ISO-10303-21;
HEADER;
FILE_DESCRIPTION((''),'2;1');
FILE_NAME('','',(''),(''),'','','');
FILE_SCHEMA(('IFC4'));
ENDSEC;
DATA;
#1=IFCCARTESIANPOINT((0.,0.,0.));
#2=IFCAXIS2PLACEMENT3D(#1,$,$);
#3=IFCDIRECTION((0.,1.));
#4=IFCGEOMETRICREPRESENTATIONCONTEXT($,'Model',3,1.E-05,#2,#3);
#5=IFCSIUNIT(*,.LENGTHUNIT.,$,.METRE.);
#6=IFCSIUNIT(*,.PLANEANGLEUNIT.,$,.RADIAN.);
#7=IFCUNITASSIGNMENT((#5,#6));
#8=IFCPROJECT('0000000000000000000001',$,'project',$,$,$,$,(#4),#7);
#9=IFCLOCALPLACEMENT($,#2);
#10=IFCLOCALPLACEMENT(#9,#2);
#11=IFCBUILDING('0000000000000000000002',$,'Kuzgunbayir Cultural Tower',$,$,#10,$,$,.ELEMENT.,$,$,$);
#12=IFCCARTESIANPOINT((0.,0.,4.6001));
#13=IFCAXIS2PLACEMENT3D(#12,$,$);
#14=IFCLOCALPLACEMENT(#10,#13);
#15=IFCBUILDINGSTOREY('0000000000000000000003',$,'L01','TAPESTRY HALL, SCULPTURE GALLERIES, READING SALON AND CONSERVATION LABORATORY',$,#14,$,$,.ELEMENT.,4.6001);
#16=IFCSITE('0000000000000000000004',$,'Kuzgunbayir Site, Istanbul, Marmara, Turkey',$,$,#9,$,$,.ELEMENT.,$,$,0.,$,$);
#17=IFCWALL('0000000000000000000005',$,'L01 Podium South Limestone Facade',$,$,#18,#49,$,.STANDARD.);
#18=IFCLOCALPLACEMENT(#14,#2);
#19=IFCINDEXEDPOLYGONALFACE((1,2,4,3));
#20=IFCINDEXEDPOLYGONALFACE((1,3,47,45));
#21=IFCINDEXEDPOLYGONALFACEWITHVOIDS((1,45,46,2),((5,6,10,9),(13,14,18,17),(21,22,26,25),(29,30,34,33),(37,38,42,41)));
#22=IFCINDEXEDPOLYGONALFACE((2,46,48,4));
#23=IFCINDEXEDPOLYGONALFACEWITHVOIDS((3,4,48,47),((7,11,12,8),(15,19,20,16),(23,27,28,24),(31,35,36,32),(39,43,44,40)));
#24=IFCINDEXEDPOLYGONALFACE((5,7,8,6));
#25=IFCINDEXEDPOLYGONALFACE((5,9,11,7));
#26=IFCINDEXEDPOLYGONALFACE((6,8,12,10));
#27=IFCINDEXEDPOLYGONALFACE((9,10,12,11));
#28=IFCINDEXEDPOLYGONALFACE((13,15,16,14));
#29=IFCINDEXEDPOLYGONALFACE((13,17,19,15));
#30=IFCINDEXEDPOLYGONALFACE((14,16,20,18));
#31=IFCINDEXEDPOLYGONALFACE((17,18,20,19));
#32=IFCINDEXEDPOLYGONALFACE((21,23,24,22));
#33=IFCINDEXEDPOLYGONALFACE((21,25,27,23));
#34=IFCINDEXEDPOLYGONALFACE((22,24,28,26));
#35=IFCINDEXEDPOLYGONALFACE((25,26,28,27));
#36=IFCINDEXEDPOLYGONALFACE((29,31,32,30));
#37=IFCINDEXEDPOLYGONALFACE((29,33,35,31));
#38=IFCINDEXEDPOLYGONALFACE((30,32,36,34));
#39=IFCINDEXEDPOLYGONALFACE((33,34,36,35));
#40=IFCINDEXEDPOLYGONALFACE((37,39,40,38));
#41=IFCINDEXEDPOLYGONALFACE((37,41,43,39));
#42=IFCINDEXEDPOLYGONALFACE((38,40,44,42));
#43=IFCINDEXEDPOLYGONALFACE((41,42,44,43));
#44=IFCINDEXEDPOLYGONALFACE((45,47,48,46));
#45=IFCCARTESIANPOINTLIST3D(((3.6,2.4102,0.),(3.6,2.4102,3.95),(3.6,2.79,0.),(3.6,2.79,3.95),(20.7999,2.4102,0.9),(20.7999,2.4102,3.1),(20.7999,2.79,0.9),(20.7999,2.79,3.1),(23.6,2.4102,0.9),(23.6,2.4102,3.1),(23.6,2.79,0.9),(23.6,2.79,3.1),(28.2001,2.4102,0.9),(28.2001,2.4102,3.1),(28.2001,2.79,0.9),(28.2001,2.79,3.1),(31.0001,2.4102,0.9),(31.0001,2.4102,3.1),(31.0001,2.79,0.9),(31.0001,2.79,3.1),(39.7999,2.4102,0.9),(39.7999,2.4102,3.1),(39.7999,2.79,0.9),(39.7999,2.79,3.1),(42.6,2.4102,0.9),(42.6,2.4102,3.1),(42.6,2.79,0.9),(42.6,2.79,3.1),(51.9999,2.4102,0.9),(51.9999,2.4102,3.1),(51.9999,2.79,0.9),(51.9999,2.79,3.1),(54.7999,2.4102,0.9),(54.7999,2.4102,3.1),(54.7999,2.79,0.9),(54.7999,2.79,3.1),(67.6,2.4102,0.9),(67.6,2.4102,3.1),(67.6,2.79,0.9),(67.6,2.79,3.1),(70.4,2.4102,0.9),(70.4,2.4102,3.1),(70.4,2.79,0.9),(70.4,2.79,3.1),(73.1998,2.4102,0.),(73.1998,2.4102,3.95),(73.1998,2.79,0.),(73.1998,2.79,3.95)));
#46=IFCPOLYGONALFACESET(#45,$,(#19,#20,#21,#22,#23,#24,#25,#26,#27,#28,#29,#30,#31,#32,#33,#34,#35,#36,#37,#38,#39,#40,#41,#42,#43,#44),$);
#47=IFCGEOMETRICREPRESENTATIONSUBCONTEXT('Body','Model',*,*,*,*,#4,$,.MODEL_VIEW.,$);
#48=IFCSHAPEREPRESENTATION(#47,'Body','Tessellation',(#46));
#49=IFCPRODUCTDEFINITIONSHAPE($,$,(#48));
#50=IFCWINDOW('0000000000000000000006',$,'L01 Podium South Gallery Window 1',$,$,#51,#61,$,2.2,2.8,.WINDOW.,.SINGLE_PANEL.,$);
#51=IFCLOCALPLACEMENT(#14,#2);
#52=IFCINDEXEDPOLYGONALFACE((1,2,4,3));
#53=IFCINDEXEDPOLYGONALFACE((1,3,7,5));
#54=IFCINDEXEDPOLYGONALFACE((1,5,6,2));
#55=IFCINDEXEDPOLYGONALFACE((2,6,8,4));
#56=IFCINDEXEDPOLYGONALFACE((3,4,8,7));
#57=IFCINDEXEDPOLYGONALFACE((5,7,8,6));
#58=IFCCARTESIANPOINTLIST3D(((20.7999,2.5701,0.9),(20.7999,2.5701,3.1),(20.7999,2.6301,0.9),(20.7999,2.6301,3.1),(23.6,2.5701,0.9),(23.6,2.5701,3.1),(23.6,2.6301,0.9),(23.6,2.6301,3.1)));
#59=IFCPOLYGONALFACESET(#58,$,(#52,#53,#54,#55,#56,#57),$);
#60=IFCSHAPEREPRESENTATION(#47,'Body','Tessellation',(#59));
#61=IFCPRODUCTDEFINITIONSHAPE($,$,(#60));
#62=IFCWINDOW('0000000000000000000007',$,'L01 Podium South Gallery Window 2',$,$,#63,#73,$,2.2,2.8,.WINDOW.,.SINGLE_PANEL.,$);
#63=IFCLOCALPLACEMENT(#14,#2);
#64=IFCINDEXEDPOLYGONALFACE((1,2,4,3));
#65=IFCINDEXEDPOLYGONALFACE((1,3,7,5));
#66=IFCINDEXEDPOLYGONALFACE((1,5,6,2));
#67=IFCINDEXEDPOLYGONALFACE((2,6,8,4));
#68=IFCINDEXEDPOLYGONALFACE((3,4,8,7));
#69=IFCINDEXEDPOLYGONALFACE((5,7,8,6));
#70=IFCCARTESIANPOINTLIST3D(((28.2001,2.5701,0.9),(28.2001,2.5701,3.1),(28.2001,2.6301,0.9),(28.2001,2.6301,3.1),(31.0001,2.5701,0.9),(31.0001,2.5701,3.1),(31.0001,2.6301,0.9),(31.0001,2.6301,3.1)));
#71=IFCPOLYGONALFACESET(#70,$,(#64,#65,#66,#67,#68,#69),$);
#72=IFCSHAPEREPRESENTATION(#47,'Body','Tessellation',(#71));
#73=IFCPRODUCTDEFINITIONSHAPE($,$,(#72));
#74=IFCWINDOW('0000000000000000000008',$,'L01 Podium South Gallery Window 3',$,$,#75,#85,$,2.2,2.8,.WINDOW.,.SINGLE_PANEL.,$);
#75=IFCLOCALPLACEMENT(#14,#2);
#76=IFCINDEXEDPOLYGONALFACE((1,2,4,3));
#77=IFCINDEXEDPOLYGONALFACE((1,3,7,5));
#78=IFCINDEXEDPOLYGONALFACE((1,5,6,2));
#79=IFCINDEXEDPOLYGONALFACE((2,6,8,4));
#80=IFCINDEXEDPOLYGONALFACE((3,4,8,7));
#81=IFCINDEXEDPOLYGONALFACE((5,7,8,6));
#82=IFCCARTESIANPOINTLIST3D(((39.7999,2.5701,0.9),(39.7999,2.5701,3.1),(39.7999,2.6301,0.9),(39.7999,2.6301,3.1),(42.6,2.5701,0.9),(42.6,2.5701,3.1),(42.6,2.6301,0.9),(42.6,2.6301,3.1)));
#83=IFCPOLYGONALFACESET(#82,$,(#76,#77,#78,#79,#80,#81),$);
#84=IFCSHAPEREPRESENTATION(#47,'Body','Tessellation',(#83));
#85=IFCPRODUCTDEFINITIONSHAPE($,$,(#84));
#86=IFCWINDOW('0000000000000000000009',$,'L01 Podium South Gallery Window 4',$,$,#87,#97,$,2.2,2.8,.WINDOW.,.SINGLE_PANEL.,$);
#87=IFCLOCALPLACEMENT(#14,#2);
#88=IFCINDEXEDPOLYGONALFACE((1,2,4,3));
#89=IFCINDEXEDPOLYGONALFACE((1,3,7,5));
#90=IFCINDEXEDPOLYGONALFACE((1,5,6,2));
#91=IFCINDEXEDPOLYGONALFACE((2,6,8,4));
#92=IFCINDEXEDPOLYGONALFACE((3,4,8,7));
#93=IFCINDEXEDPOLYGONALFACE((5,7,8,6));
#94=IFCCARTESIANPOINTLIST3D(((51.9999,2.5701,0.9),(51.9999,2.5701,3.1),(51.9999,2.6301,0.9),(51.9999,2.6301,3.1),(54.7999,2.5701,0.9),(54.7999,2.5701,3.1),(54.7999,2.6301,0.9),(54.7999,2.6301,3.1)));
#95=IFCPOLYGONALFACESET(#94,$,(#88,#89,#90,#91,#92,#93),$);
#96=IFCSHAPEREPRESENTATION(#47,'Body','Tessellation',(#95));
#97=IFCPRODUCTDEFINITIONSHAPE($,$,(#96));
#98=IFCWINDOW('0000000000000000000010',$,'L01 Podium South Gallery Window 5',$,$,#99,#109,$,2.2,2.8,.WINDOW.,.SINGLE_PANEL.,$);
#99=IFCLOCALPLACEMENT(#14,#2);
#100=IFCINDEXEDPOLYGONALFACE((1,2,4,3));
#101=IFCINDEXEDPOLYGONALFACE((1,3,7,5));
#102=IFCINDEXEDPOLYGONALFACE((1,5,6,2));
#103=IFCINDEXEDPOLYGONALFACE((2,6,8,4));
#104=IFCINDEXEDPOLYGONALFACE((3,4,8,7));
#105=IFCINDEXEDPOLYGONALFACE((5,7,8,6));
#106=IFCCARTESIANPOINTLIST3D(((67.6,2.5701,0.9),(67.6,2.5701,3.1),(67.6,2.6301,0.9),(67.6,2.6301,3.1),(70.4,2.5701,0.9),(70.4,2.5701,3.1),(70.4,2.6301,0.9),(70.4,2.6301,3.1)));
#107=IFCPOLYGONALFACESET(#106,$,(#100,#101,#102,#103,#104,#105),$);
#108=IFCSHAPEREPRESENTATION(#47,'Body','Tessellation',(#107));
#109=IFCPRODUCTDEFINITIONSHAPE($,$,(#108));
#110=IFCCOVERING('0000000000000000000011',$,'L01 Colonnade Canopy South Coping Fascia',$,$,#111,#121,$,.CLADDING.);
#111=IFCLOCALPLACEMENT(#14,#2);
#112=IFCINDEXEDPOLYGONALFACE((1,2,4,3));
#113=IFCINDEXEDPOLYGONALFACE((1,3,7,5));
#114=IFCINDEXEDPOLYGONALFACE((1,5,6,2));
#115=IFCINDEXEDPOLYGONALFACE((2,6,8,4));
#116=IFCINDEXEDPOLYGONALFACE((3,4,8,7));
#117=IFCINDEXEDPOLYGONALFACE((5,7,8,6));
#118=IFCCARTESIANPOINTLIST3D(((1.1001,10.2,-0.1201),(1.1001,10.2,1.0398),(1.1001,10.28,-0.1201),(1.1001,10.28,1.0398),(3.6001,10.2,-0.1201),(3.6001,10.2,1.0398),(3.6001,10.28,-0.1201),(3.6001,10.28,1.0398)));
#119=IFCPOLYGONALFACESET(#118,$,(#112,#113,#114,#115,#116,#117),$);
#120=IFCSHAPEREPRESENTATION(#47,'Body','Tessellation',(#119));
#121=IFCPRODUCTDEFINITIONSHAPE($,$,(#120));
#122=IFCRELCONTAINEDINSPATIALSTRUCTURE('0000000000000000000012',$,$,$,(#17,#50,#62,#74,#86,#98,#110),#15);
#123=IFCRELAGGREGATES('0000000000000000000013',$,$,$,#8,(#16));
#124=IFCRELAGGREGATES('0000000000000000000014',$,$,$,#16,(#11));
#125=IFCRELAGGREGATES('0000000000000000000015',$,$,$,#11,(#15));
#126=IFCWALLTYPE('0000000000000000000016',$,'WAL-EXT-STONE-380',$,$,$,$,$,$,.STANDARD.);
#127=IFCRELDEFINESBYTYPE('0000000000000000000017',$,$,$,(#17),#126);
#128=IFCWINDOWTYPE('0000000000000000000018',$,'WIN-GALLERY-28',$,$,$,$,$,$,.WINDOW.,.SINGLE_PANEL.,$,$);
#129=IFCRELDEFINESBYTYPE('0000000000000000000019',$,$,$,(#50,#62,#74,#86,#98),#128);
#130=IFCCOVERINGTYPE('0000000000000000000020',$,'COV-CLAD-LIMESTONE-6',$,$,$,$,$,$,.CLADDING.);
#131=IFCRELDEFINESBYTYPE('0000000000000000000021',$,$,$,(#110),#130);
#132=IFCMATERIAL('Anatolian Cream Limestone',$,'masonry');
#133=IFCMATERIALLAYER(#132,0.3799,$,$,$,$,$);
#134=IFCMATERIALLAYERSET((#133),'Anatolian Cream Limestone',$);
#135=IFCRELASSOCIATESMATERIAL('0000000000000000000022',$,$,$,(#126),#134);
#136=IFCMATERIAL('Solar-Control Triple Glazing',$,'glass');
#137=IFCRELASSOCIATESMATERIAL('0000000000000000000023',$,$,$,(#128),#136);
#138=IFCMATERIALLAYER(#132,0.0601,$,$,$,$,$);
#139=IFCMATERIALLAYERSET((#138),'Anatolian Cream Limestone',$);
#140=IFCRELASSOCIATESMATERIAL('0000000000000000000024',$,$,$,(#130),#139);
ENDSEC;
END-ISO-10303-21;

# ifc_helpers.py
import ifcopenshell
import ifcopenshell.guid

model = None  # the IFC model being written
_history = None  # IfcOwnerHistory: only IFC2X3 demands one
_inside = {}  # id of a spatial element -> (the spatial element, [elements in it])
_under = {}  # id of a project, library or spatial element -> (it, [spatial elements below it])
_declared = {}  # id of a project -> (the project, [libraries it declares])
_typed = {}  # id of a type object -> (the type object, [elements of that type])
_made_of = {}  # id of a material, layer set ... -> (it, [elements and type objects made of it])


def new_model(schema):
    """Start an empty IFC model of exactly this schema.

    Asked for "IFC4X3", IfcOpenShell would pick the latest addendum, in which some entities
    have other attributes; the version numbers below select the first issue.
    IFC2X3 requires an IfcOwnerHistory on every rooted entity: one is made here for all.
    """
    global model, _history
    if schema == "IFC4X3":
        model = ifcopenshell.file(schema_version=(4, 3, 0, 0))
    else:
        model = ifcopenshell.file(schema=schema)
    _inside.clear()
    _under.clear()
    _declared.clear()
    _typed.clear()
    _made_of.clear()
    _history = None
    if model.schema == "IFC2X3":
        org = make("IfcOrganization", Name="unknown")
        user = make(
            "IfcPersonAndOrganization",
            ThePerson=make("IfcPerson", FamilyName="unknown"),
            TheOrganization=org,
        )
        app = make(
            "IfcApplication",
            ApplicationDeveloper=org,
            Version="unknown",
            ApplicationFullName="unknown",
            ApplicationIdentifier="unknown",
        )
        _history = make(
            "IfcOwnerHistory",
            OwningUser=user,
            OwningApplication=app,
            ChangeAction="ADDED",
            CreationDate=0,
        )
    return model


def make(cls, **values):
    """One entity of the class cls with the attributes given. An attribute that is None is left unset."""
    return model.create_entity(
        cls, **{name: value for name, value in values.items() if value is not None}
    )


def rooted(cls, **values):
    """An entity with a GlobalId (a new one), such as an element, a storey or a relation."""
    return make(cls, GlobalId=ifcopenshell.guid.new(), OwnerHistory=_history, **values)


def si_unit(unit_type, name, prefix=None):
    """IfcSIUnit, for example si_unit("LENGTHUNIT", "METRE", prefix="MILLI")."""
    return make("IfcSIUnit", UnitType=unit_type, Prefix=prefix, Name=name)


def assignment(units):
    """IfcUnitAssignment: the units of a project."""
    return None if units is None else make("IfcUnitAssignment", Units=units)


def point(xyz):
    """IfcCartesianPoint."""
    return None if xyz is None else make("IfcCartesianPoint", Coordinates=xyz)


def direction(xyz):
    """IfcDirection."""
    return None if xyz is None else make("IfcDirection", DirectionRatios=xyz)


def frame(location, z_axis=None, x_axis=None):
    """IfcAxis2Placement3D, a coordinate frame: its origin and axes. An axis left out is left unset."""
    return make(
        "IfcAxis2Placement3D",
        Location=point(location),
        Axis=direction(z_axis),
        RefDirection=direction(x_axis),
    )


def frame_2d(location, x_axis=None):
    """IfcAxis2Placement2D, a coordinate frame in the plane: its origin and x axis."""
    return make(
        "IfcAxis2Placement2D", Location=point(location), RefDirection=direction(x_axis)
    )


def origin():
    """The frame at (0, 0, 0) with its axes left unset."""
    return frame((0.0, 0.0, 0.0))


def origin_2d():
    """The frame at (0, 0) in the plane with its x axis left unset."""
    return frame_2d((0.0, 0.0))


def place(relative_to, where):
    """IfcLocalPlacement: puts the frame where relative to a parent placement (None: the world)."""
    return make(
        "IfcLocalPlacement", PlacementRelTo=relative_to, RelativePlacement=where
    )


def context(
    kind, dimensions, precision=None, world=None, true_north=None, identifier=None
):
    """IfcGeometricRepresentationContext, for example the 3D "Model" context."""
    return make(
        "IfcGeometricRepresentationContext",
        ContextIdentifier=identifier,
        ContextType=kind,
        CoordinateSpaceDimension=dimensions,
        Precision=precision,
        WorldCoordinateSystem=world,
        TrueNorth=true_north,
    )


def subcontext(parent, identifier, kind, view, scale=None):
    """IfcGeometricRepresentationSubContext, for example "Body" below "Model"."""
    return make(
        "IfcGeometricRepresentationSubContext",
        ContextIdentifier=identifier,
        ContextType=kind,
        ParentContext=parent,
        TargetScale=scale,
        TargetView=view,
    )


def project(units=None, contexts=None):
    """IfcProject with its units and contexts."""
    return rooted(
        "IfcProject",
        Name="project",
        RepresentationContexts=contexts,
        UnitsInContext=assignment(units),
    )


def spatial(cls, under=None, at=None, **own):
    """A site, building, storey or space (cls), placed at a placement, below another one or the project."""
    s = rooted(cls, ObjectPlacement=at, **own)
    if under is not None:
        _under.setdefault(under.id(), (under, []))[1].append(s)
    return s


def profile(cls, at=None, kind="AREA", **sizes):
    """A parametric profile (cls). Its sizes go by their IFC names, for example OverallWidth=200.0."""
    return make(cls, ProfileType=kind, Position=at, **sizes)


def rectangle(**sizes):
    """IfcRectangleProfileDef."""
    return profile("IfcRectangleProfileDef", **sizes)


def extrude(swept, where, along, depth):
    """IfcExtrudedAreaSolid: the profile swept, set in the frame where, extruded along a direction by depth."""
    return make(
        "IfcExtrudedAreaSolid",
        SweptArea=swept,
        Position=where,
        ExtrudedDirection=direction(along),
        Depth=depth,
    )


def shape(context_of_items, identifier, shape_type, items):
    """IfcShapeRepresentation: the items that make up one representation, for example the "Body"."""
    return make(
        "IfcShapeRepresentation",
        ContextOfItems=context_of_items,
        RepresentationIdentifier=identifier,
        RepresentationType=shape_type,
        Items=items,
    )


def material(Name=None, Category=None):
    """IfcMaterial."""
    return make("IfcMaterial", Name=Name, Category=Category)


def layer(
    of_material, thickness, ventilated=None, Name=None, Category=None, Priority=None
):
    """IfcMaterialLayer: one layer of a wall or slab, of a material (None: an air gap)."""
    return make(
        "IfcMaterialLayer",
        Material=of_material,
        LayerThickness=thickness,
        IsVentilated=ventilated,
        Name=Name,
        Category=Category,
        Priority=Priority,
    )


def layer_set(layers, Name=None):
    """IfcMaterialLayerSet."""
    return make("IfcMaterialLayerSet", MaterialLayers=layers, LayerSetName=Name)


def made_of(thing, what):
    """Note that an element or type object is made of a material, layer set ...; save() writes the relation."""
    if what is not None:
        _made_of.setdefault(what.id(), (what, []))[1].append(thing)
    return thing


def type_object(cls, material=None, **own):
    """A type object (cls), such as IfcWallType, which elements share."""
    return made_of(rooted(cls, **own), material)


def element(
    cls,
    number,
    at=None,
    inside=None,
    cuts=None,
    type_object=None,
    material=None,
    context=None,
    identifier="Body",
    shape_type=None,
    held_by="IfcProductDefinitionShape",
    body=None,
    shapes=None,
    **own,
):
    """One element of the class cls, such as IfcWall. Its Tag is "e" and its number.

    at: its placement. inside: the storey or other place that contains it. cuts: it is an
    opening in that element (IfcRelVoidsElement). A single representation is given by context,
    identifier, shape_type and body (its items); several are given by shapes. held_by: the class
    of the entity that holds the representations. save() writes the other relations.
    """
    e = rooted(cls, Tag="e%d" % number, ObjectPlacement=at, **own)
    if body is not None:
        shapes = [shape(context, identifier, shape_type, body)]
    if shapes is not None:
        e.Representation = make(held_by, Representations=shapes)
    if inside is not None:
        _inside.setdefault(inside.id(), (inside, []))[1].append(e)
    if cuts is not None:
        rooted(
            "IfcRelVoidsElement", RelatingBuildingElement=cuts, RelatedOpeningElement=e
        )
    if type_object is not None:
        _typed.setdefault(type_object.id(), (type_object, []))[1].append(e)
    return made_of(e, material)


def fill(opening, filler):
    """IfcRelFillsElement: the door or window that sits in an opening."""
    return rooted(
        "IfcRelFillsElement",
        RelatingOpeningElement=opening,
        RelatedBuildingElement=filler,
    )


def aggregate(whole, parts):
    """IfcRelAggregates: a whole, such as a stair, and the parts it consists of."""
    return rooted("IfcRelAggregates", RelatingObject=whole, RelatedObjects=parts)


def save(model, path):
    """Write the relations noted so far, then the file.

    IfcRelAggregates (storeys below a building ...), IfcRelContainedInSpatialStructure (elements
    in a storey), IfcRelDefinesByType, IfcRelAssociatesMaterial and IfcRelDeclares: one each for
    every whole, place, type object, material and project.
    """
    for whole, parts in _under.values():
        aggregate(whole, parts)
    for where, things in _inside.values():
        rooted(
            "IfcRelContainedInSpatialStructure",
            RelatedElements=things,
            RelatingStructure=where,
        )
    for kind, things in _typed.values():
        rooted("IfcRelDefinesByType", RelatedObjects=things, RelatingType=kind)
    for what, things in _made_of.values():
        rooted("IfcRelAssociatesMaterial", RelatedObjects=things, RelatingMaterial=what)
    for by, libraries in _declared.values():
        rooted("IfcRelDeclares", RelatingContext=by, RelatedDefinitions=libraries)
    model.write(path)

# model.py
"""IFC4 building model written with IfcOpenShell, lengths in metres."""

from ifc_helpers import new_model, si_unit, direction, frame, frame_2d, origin, origin_2d, place, context, subcontext, project, spatial, rectangle, extrude, material, layer, layer_set, type_object, element, fill, save


model = new_model("IFC4")

# Units and contexts
model_context = context("Model", 3, precision=1e-05, world=origin(), true_north=direction((0.0, 1.0)))
body_context = subcontext(model_context, "Body", "Model", "MODEL_VIEW")
ifc_project = project(units=[si_unit("LENGTHUNIT", "METRE"), si_unit("PLANEANGLEUNIT", "RADIAN")], contexts=[model_context])

# Site, building, storey
site_placement = place(None, origin())
site = spatial("IfcSite", under=ifc_project, at=site_placement, Name="Kuzgunbayir Site, Istanbul, Marmara, Turkey", CompositionType="ELEMENT", RefElevation=0.0)
building_placement = place(site_placement, origin())
building = spatial("IfcBuilding", under=site, at=building_placement, Name="Kuzgunbayir Cultural Tower", CompositionType="ELEMENT")
storey_placement = place(building_placement, frame((0.0, 0.0, 4.6001)))
storey = spatial("IfcBuildingStorey", under=building, at=storey_placement, Name="L01", Description="TAPESTRY HALL, SCULPTURE GALLERIES, READING SALON AND CONSERVATION LABORATORY", CompositionType="ELEMENT", Elevation=4.6001)

# Wall, openings, windows
ifc_material_1 = material(Name="Anatolian Cream Limestone", Category="masonry")
ifc_layer_1 = layer(ifc_material_1, 0.3799)
ifc_layer_set_1 = layer_set([ifc_layer_1], Name="Anatolian Cream Limestone")
wall_type = type_object("IfcWallType", Name="WAL-EXT-STONE-380", PredefinedType="STANDARD", material=ifc_layer_set_1)
wall_placement = place(storey_placement, frame((3.6001, 2.6001, 0.0), z_axis=(0.0, 0.0, 1.0), x_axis=(1.0, 0.0, 0.0)))
wall = element("IfcWall", 1, at=wall_placement, inside=storey, type_object=wall_type, Name="L01 Podium South Limestone Facade", PredefinedType="STANDARD", context=body_context, shape_type="SweptSolid", body=[
    extrude(rectangle(XDim=69.5999, YDim=0.3799, at=frame_2d((34.7998, 0.0))), origin(), (0.0, 0.0, 1.0), 3.95),
])
opening_1_placement = place(wall_placement, frame((17.2, 0.0, 0.8999)))
opening_1 = element("IfcOpeningElement", 2, at=opening_1_placement, cuts=wall, PredefinedType="OPENING", context=body_context, shape_type="SweptSolid", body=[
    extrude(rectangle(XDim=2.8, YDim=2.2, at=frame_2d((1.3999, 1.1001))), frame((0.0, 0.2, 0.0), z_axis=(0.0, -1.0, 0.0), x_axis=(1.0, 0.0, 0.0)), (0.0, 0.0, 1.0), 0.3999),
])
opening_2_placement = place(wall_placement, frame((24.6001, 0.0, 0.8999)))
opening_2 = element("IfcOpeningElement", 3, at=opening_2_placement, cuts=wall, PredefinedType="OPENING", context=body_context, shape_type="SweptSolid", body=[
    extrude(rectangle(XDim=2.8, YDim=2.2, at=frame_2d((1.3999, 1.1001))), frame((0.0, 0.2, 0.0), z_axis=(0.0, -1.0, 0.0), x_axis=(1.0, 0.0, 0.0)), (0.0, 0.0, 1.0), 0.3999),
])
opening_3_placement = place(wall_placement, frame((36.2, 0.0, 0.8999)))
opening_3 = element("IfcOpeningElement", 4, at=opening_3_placement, cuts=wall, PredefinedType="OPENING", context=body_context, shape_type="SweptSolid", body=[
    extrude(rectangle(XDim=2.8, YDim=2.2, at=frame_2d((1.3999, 1.1001))), frame((0.0, 0.2, 0.0), z_axis=(0.0, -1.0, 0.0), x_axis=(1.0, 0.0, 0.0)), (0.0, 0.0, 1.0), 0.3999),
])
opening_4_placement = place(wall_placement, frame((48.3999, 0.0, 0.8999)))
opening_4 = element("IfcOpeningElement", 5, at=opening_4_placement, cuts=wall, PredefinedType="OPENING", context=body_context, shape_type="SweptSolid", body=[
    extrude(rectangle(XDim=2.8, YDim=2.2, at=frame_2d((1.3999, 1.1001))), frame((0.0, 0.2, 0.0), z_axis=(0.0, -1.0, 0.0), x_axis=(1.0, 0.0, 0.0)), (0.0, 0.0, 1.0), 0.3999),
])
opening_5_placement = place(wall_placement, frame((64.0, 0.0, 0.8999)))
opening_5 = element("IfcOpeningElement", 6, at=opening_5_placement, cuts=wall, PredefinedType="OPENING", context=body_context, shape_type="SweptSolid", body=[
    extrude(rectangle(XDim=2.8, YDim=2.2, at=frame_2d((1.3999, 1.1001))), frame((0.0, 0.2, 0.0), z_axis=(0.0, -1.0, 0.0), x_axis=(1.0, 0.0, 0.0)), (0.0, 0.0, 1.0), 0.3999),
])
ifc_material_2 = material(Name="Solar-Control Triple Glazing", Category="glass")
window_type = type_object("IfcWindowType", Name="WIN-GALLERY-28", PartitioningType="SINGLE_PANEL", PredefinedType="WINDOW", material=ifc_material_2)
window_1_placement = place(opening_1_placement, origin())
window_1 = element("IfcWindow", 7, at=window_1_placement, inside=storey, type_object=window_type, Name="L01 Podium South Gallery Window 1", OverallHeight=2.2, OverallWidth=2.8, PartitioningType="SINGLE_PANEL", PredefinedType="WINDOW", context=body_context, shape_type="SweptSolid", body=[
    extrude(rectangle(XDim=2.8, YDim=2.2, at=frame_2d((1.3999, 1.1001))), frame((0.0, 0.03, 0.0), z_axis=(0.0, -1.0, 0.0), x_axis=(1.0, 0.0, 0.0)), (0.0, 0.0, 1.0), 0.0601),
])
fill(opening_1, window_1)
window_2_placement = place(opening_2_placement, origin())
window_2 = element("IfcWindow", 8, at=window_2_placement, inside=storey, type_object=window_type, Name="L01 Podium South Gallery Window 2", OverallHeight=2.2, OverallWidth=2.8, PartitioningType="SINGLE_PANEL", PredefinedType="WINDOW", context=body_context, shape_type="SweptSolid", body=[
    extrude(rectangle(XDim=2.8, YDim=2.2, at=frame_2d((1.3999, 1.1001))), frame((0.0, 0.03, 0.0), z_axis=(0.0, -1.0, 0.0), x_axis=(1.0, 0.0, 0.0)), (0.0, 0.0, 1.0), 0.0601),
])
fill(opening_2, window_2)
window_3_placement = place(opening_3_placement, origin())
window_3 = element("IfcWindow", 9, at=window_3_placement, inside=storey, type_object=window_type, Name="L01 Podium South Gallery Window 3", OverallHeight=2.2, OverallWidth=2.8, PartitioningType="SINGLE_PANEL", PredefinedType="WINDOW", context=body_context, shape_type="SweptSolid", body=[
    extrude(rectangle(XDim=2.8, YDim=2.2, at=frame_2d((1.3999, 1.1001))), frame((0.0, 0.03, 0.0), z_axis=(0.0, -1.0, 0.0), x_axis=(1.0, 0.0, 0.0)), (0.0, 0.0, 1.0), 0.0601),
])
fill(opening_3, window_3)
window_4_placement = place(opening_4_placement, origin())
window_4 = element("IfcWindow", 10, at=window_4_placement, inside=storey, type_object=window_type, Name="L01 Podium South Gallery Window 4", OverallHeight=2.2, OverallWidth=2.8, PartitioningType="SINGLE_PANEL", PredefinedType="WINDOW", context=body_context, shape_type="SweptSolid", body=[
    extrude(rectangle(XDim=2.8, YDim=2.2, at=frame_2d((1.3999, 1.1001))), frame((0.0, 0.03, 0.0), z_axis=(0.0, -1.0, 0.0), x_axis=(1.0, 0.0, 0.0)), (0.0, 0.0, 1.0), 0.0601),
])
fill(opening_4, window_4)
window_5_placement = place(opening_5_placement, origin())
window_5 = element("IfcWindow", 11, at=window_5_placement, inside=storey, type_object=window_type, Name="L01 Podium South Gallery Window 5", OverallHeight=2.2, OverallWidth=2.8, PartitioningType="SINGLE_PANEL", PredefinedType="WINDOW", context=body_context, shape_type="SweptSolid", body=[
    extrude(rectangle(XDim=2.8, YDim=2.2, at=frame_2d((1.3999, 1.1001))), frame((0.0, 0.03, 0.0), z_axis=(0.0, -1.0, 0.0), x_axis=(1.0, 0.0, 0.0)), (0.0, 0.0, 1.0), 0.0601),
])
fill(opening_5, window_5)

# Covering
ifc_layer_2 = layer(ifc_material_1, 0.0601)
ifc_layer_set_2 = layer_set([ifc_layer_2], Name="Anatolian Cream Limestone")
covering_type = type_object("IfcCoveringType", Name="COV-CLAD-LIMESTONE-6", PredefinedType="CLADDING", material=ifc_layer_set_2)
covering_placement = place(storey_placement, frame((2.3501, 10.24, -0.1201), z_axis=(0.0, 0.0, 1.0), x_axis=(1.0, 0.0, 0.0)))
element("IfcCovering", 12, at=covering_placement, inside=storey, type_object=covering_type, Name="L01 Colonnade Canopy South Coping Fascia", PredefinedType="CLADDING", context=body_context, shape_type="SweptSolid", body=[
    extrude(rectangle(XDim=2.5, YDim=0.0801, at=origin_2d()), origin(), (0.0, 0.0, 1.0), 1.1599),
])

save(model, "model.ifc")
